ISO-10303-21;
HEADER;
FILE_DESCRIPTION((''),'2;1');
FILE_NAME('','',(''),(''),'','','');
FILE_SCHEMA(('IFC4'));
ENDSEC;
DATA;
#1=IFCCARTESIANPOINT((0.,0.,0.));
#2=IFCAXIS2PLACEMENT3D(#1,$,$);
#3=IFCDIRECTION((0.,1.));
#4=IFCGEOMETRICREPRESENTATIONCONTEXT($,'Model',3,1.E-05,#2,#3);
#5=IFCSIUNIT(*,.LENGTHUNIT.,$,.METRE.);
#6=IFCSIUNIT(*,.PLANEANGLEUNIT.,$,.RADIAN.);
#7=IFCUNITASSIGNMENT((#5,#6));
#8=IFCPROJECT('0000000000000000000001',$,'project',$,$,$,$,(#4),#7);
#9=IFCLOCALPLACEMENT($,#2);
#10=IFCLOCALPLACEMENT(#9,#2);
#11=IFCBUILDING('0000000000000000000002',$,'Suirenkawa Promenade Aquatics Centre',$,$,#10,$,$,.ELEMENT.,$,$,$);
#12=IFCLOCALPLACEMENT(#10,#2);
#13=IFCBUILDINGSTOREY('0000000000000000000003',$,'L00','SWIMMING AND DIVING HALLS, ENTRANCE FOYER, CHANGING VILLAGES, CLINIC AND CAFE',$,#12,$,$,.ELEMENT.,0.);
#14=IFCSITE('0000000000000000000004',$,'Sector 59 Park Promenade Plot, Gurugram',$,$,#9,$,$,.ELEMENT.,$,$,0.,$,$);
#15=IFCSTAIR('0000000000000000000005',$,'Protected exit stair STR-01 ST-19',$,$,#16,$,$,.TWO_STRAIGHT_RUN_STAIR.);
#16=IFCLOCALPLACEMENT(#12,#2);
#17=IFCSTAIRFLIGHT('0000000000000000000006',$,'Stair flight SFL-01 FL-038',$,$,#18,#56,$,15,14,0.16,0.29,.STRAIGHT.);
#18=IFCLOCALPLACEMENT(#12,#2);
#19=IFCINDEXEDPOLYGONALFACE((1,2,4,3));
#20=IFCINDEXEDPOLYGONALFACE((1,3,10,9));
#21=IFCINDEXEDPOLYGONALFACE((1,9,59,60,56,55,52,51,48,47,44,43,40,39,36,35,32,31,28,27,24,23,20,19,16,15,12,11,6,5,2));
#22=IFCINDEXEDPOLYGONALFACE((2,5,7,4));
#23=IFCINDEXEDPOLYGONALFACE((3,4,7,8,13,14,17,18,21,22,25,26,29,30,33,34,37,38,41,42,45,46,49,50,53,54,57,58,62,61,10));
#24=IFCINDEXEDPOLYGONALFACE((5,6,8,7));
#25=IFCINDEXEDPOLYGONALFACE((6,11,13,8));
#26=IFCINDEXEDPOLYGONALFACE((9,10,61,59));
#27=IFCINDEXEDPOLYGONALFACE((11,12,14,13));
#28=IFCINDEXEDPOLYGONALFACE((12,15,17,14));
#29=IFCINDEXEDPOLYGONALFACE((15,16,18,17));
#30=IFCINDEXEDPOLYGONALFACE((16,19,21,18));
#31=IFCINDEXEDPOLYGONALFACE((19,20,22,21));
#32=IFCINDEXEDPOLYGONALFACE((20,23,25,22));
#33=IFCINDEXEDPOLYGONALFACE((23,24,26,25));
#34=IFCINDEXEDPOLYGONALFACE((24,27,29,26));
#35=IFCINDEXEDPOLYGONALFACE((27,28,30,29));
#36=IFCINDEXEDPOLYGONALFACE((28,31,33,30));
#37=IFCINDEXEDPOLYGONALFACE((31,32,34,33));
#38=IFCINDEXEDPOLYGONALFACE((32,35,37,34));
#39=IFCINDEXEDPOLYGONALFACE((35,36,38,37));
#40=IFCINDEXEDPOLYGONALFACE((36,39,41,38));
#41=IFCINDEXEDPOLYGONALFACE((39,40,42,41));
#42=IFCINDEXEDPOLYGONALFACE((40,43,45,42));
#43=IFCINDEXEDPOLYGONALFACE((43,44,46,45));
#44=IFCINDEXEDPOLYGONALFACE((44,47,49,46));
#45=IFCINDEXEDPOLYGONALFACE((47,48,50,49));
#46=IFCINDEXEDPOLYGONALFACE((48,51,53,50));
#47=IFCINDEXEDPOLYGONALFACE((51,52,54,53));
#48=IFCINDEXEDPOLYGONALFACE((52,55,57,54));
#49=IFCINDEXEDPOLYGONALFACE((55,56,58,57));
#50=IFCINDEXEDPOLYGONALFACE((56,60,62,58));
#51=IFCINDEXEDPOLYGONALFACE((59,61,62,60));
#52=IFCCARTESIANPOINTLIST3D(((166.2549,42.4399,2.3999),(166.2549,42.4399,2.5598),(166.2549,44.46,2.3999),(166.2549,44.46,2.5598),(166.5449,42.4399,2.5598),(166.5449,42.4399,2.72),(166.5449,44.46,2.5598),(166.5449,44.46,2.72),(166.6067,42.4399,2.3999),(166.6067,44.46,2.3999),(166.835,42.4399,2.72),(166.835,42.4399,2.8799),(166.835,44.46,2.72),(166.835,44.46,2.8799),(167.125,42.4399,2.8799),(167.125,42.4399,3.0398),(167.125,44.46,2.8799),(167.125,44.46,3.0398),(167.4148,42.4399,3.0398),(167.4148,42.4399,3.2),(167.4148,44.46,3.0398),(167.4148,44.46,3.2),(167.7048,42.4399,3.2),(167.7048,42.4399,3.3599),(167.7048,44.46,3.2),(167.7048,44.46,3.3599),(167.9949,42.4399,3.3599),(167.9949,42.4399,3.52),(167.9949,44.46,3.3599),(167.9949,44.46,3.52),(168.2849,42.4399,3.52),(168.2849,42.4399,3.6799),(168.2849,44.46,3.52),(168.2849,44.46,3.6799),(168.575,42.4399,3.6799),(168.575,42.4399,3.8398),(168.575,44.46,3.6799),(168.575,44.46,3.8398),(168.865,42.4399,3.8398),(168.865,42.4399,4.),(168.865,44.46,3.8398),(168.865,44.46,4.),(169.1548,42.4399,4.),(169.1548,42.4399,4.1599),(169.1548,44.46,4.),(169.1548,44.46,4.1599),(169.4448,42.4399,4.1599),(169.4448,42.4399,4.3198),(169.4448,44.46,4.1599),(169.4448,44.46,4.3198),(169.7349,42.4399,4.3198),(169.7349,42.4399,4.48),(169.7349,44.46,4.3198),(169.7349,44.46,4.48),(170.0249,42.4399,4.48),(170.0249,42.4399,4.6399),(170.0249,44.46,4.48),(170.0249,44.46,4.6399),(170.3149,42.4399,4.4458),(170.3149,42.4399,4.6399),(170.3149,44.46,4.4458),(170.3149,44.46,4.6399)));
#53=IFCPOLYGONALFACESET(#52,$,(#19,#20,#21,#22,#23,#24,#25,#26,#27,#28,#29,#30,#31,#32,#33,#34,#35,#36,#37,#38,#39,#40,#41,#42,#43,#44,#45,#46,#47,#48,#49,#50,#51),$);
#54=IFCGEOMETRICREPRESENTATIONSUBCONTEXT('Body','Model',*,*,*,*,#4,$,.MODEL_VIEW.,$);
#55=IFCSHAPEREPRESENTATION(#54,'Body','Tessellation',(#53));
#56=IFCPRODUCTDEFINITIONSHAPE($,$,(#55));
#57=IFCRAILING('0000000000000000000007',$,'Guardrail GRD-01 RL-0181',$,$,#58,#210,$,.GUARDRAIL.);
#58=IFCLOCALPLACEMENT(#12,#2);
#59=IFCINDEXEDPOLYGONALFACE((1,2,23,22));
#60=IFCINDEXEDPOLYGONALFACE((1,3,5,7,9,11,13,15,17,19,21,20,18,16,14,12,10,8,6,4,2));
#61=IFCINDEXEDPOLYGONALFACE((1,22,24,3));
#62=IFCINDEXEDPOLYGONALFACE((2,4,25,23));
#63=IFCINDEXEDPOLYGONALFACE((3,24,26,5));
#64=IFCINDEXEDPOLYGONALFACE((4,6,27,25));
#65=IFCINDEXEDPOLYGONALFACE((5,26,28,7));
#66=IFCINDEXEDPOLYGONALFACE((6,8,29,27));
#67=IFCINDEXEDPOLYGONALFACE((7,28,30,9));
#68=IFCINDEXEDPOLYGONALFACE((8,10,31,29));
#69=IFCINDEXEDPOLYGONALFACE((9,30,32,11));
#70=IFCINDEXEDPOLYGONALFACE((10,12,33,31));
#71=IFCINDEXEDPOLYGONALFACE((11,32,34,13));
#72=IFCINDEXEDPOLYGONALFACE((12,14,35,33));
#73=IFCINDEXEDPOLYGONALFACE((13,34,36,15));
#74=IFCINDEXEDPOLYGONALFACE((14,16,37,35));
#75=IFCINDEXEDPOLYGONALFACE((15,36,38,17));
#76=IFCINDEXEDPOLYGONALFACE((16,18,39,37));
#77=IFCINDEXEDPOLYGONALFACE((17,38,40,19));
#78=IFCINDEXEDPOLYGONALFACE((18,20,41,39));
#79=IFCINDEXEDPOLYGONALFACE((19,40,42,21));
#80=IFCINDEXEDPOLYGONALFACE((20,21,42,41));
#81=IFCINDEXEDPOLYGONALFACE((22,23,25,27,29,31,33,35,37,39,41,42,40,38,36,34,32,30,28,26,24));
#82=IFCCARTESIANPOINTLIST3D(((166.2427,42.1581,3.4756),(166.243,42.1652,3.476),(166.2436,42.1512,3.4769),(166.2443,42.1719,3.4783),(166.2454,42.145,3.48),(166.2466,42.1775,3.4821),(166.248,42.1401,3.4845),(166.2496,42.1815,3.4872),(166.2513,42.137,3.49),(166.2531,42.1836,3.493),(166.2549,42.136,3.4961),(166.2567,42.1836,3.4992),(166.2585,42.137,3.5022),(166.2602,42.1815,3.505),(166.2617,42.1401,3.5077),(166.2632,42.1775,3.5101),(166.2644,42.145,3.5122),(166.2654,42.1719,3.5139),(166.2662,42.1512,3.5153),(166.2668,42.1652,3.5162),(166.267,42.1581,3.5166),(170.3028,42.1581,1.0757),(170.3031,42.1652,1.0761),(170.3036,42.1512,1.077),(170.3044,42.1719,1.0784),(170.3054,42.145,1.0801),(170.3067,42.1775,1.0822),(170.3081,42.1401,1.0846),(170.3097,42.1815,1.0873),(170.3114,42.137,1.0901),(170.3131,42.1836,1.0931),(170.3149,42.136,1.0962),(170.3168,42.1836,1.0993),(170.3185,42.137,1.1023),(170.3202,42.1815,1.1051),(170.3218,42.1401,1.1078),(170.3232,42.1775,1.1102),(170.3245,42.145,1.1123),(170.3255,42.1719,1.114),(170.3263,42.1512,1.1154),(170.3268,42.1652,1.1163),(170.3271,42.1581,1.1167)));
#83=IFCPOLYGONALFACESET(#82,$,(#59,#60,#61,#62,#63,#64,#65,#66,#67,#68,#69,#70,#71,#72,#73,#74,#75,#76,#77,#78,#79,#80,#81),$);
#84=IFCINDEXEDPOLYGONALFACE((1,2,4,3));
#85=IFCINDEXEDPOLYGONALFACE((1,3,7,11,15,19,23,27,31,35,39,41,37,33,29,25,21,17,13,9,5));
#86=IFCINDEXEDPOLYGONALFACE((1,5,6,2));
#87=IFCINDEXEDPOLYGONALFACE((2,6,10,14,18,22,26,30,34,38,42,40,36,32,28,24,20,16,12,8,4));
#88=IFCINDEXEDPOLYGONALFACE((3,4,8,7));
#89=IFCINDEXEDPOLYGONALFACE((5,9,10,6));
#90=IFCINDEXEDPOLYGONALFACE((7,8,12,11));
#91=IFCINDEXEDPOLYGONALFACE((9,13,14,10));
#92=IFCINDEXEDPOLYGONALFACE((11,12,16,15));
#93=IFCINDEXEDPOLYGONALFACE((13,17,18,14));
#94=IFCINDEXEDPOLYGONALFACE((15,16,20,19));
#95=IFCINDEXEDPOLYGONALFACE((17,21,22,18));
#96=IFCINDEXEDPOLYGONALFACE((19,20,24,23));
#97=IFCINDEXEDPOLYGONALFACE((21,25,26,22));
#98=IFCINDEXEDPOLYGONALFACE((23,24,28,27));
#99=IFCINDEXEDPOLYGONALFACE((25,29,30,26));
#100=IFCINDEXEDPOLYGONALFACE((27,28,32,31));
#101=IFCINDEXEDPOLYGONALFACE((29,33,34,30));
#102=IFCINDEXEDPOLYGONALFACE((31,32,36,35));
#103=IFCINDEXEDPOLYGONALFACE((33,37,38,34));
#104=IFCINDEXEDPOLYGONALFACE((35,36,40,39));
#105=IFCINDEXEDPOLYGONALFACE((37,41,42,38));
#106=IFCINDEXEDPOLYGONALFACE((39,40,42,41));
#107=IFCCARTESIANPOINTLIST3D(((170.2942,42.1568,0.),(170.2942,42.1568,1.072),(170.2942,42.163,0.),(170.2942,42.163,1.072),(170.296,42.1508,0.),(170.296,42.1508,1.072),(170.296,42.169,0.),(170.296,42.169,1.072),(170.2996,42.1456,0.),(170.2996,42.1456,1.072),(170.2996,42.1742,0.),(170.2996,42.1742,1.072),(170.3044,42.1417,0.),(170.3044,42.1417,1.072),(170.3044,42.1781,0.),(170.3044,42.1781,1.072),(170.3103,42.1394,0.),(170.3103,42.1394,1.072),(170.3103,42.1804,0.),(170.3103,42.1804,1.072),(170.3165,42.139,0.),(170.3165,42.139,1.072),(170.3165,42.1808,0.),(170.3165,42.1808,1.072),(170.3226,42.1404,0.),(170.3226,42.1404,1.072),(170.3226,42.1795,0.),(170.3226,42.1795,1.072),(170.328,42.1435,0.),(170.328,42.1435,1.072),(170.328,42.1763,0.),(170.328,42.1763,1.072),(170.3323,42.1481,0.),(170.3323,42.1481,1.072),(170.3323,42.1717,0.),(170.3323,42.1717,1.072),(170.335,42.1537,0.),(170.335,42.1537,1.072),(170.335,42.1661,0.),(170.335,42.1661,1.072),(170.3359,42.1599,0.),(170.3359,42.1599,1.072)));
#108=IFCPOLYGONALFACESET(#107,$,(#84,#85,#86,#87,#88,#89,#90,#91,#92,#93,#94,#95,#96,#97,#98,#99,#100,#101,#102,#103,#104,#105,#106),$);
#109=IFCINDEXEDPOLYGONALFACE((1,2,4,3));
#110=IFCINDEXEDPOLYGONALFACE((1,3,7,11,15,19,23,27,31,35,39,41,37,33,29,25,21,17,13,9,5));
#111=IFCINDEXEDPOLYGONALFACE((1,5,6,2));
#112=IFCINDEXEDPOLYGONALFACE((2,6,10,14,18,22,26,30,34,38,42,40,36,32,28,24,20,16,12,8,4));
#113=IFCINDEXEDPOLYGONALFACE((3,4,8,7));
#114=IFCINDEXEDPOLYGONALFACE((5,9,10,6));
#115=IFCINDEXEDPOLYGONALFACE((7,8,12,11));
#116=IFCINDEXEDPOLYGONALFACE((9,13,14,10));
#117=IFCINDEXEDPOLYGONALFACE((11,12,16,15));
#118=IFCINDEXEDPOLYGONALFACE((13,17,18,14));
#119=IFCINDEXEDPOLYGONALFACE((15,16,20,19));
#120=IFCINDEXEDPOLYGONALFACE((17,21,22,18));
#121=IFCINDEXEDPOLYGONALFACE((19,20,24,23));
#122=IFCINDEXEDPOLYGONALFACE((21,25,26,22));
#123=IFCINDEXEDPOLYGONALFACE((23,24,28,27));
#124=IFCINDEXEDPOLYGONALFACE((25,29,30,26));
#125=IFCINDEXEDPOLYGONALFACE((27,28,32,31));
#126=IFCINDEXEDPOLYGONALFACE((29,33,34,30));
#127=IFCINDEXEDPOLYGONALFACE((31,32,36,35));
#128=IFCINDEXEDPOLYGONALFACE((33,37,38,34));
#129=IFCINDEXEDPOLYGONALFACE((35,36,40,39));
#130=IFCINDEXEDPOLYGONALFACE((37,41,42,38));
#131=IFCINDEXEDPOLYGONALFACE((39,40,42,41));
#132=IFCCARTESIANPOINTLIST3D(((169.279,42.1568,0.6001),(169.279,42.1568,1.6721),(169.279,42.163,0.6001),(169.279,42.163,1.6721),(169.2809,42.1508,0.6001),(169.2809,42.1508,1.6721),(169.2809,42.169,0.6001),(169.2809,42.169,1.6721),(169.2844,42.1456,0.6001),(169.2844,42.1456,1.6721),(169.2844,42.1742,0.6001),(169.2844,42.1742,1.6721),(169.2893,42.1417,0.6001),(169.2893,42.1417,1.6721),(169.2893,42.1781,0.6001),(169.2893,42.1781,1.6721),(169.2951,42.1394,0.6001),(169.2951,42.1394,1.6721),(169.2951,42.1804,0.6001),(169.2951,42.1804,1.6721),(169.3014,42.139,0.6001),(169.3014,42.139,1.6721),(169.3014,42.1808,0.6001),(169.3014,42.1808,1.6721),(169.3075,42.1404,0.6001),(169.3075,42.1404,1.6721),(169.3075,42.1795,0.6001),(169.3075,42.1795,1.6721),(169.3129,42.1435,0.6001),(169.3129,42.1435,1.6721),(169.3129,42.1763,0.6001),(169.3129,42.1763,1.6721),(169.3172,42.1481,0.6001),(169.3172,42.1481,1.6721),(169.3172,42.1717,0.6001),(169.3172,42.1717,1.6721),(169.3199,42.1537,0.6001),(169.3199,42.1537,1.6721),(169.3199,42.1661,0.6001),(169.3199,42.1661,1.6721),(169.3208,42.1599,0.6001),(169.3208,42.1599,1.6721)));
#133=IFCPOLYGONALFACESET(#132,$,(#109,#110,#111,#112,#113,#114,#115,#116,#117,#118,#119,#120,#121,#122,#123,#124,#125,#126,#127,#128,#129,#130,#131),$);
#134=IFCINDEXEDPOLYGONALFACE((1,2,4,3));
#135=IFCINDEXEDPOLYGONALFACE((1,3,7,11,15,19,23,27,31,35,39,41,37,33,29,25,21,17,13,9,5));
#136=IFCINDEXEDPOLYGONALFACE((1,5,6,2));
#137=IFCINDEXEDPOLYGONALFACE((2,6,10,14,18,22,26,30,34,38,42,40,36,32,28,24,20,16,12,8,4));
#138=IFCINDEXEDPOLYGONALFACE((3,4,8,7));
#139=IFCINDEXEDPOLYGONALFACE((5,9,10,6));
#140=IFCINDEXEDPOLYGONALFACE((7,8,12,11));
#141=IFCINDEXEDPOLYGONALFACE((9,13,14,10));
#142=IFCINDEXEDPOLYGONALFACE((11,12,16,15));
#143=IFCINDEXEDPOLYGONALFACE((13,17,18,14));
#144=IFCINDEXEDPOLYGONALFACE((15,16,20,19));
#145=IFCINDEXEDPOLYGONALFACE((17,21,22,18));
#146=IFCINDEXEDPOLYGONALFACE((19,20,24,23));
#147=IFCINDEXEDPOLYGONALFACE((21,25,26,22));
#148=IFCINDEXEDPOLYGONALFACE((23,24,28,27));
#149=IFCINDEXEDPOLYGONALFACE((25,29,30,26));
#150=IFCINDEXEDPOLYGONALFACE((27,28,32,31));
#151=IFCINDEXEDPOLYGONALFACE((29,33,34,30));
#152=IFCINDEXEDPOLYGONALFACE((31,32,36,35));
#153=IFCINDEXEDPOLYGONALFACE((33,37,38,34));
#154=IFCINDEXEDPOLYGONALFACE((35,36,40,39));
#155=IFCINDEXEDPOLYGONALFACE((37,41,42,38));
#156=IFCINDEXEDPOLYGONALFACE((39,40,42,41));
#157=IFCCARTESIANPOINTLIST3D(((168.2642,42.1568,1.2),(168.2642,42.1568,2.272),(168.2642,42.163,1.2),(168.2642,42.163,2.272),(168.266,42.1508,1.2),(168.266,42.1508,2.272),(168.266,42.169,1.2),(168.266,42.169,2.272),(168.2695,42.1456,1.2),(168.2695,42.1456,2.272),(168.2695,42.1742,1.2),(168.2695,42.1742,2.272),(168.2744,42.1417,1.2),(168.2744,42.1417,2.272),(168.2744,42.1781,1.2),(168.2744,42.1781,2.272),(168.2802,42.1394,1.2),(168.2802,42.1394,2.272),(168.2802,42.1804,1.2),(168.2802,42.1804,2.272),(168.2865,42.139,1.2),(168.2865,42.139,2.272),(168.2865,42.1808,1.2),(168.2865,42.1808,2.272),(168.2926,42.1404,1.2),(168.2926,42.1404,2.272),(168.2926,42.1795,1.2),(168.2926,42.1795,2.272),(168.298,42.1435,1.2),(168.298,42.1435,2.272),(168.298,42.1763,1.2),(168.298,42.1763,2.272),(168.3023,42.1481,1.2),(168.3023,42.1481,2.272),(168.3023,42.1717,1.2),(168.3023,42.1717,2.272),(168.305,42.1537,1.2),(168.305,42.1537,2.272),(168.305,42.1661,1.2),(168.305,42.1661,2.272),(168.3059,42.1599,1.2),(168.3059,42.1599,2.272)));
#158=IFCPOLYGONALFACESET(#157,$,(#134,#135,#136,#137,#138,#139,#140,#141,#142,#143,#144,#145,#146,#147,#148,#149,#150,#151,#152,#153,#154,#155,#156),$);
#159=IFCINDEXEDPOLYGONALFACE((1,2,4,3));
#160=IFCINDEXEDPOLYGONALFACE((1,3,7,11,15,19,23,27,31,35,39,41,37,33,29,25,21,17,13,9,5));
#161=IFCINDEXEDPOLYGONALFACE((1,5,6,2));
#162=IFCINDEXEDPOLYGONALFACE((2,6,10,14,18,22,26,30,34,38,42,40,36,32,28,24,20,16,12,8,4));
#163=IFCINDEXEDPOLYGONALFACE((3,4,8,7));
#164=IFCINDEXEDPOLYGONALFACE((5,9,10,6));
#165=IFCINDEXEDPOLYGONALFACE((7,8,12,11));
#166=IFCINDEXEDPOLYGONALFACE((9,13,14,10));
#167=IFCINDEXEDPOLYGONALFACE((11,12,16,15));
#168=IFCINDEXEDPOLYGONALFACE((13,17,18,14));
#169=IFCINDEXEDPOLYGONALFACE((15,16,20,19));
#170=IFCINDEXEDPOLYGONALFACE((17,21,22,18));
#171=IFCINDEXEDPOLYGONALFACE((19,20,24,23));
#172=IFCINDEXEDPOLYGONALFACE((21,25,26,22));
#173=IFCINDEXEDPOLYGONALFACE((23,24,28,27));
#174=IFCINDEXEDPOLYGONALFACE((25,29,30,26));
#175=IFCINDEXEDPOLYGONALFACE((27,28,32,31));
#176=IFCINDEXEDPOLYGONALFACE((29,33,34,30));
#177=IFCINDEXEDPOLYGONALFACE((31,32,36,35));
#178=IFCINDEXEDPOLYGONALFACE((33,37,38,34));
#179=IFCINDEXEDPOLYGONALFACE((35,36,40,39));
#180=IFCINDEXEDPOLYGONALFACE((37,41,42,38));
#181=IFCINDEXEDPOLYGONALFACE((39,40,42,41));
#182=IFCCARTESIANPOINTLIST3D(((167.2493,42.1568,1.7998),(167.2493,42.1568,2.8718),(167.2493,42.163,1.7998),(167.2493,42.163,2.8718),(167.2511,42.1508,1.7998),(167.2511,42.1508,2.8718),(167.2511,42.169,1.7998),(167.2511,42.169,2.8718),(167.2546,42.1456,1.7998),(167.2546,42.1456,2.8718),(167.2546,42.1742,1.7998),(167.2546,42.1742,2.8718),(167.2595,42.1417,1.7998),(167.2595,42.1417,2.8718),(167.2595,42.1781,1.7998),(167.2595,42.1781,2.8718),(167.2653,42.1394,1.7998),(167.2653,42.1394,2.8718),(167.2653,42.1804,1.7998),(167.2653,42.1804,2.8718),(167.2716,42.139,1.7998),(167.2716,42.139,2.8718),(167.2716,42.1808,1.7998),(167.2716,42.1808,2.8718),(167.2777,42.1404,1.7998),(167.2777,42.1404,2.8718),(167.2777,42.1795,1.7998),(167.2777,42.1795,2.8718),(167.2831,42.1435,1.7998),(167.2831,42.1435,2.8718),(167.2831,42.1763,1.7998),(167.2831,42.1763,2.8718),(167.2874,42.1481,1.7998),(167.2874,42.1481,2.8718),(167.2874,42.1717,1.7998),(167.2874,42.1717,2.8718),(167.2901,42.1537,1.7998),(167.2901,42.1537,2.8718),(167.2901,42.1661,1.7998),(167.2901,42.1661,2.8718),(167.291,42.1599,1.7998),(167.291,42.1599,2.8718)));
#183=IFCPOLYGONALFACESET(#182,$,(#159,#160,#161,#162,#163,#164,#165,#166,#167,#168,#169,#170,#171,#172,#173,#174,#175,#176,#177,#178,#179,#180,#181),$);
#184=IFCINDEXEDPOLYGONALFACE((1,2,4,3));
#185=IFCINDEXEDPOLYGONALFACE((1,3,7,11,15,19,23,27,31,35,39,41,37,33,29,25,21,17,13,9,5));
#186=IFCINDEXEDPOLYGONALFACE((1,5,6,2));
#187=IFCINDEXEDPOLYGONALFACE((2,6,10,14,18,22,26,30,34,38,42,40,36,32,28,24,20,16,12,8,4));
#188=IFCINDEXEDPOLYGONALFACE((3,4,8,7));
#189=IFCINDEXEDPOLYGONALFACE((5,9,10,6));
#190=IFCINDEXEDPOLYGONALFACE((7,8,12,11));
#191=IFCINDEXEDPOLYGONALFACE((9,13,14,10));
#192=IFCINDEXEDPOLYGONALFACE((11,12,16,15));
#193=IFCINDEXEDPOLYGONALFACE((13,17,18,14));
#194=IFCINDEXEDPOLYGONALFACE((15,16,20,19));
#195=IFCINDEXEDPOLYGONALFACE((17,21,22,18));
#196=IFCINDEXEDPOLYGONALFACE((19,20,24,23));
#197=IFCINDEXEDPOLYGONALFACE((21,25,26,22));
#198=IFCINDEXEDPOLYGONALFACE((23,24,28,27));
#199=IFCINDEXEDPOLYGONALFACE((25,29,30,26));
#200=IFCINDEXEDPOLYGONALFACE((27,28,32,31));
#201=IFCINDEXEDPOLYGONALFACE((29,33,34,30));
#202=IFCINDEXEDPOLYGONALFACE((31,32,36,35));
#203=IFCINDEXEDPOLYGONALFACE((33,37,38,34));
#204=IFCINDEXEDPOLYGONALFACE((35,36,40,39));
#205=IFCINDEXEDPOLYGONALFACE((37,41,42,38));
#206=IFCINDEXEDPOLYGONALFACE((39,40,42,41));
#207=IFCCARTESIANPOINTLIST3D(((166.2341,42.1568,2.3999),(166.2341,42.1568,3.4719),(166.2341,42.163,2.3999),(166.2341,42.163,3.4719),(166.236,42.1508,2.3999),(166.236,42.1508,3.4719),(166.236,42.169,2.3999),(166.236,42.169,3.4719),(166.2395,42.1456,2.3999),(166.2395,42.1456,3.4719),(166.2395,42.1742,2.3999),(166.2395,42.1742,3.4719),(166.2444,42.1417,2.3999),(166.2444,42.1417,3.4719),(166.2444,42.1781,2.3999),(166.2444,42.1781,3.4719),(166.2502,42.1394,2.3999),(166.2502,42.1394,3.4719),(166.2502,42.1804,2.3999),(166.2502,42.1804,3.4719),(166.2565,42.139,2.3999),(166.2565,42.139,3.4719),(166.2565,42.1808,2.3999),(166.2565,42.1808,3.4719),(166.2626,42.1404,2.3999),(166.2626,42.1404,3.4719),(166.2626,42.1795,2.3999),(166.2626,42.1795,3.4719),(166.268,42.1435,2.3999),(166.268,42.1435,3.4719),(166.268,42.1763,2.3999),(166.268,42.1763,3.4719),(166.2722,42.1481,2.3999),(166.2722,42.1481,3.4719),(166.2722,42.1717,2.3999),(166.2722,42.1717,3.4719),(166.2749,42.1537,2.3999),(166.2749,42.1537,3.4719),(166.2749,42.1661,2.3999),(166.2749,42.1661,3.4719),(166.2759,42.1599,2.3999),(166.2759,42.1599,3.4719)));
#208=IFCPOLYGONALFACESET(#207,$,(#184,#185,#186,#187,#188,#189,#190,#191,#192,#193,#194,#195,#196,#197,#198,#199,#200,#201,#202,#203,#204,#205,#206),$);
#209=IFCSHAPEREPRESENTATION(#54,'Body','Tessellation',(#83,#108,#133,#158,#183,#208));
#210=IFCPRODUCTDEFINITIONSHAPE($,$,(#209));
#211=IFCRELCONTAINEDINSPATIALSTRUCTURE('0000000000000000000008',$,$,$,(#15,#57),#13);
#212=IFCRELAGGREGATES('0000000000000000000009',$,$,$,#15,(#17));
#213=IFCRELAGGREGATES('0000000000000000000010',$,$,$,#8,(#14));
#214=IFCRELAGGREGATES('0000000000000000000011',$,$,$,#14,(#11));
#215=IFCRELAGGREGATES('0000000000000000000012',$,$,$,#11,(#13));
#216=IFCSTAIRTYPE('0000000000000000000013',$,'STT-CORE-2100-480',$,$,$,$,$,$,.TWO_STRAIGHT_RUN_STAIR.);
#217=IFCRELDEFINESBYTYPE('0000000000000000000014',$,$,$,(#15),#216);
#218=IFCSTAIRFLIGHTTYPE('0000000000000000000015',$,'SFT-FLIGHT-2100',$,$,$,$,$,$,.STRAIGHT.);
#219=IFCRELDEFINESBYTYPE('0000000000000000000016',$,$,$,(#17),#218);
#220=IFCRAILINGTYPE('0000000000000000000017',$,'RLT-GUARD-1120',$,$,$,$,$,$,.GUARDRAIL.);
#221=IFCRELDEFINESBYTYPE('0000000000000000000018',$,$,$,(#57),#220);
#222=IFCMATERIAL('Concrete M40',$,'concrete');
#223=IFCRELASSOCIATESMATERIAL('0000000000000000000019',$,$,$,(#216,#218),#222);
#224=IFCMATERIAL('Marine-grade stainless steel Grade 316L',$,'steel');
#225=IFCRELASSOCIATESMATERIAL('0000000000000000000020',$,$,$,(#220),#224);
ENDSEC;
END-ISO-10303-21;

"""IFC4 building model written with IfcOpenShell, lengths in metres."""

from ifc_helpers import new_model, si_unit, direction, frame, origin, origin_2d, place, context, subcontext, project, spatial, polyline, circle, outline, extrude, material, type_object, element, aggregate, save


model = new_model("IFC4")

# Units and contexts
model_context = context("Model", 3, precision=1e-05, world=origin(), true_north=direction((0.0, 1.0)))
body_context = subcontext(model_context, "Body", "Model", "MODEL_VIEW")
ifc_project = project(units=[si_unit("LENGTHUNIT", "METRE"), si_unit("PLANEANGLEUNIT", "RADIAN")], contexts=[model_context])

# Site, building, storey
site_placement = place(None, origin())
site = spatial("IfcSite", under=ifc_project, at=site_placement, Name="Sector 59 Park Promenade Plot, Gurugram", CompositionType="ELEMENT", RefElevation=0.0)
building_placement = place(site_placement, origin())
building = spatial("IfcBuilding", under=site, at=building_placement, Name="Suirenkawa Promenade Aquatics Centre", CompositionType="ELEMENT")
storey_placement = place(building_placement, origin())
storey = spatial("IfcBuildingStorey", under=building, at=storey_placement, Name="L00", Description="SWIMMING AND DIVING HALLS, ENTRANCE FOYER, CHANGING VILLAGES, CLINIC AND CAFE", CompositionType="ELEMENT", Elevation=0.0)

# Shared definitions
ifc_material_1 = material(Name="Concrete M40", Category="concrete")

# Shared definitions
ifc_material_2 = material(Name="Marine-grade stainless steel Grade 316L", Category="steel")

# Stair, stair flight
stair_type = type_object("IfcStairType", Name="STT-CORE-2100-480", PredefinedType="TWO_STRAIGHT_RUN_STAIR", material=ifc_material_1)
stair_placement = place(storey_placement, origin())
stair = element("IfcStair", 1, at=stair_placement, inside=storey, type_object=stair_type, Name="Protected exit stair STR-01 ST-19", PredefinedType="TWO_STRAIGHT_RUN_STAIR")
stair_flight_type = type_object("IfcStairFlightType", Name="SFT-FLIGHT-2100", PredefinedType="STRAIGHT", material=ifc_material_1)
stair_flight_1_placement = place(storey_placement, frame((166.2549, 43.45, 2.3999), z_axis=(0.0, 0.0, 1.0), x_axis=(1.0, 0.0, 0.0)))
stair_flight_1 = element("IfcStairFlight", 2, at=stair_flight_1_placement, type_object=stair_flight_type, Name="Stair flight SFL-01 FL-038", NumberOfRisers=15, NumberOfTreads=14, PredefinedType="STRAIGHT", RiserHeight=0.16, TreadLength=0.29, context=body_context, shape_type="SweptSolid", body=[
    extrude(outline(polyline([(0.0, 0.0), (0.0, 0.1599), (0.29, 0.1599), (0.29, 0.3201), (0.5801, 0.3201), (0.5801, 0.48), (0.8701, 0.48), (0.8701, 0.6399), (1.1599, 0.6399), (1.1599, 0.8), (1.45, 0.8), (1.45, 0.96), (1.74, 0.96), (1.74, 1.1201), (2.03, 1.1201), (2.03, 1.28), (2.3201, 1.28), (2.3201, 1.4399), (2.6101, 1.4399), (2.6101, 1.6001), (2.8999, 1.6001), (2.8999, 1.76), (3.1899, 1.76), (3.1899, 1.9199), (3.48, 1.9199), (3.48, 2.0801), (3.77, 2.0801), (3.77, 2.24), (4.0601, 2.24), (4.0601, 2.3999), (4.0601, 2.0459), (0.3518, 0.0), (0.0, 0.0)])), frame((0.0, 1.01, 0.0), z_axis=(0.0, -1.0, 0.0), x_axis=(1.0, 0.0, 0.0)), (0.0, 0.0, 1.0), 2.02),
])
aggregate(stair, [stair_flight_1])

# Railing
railing_type_1 = type_object("IfcRailingType", Name="RLT-GUARD-1120", PredefinedType="GUARDRAIL", material=ifc_material_2)
railing_1_placement = place(storey_placement, frame((170.3149, 42.1599, 0.0)))
element("IfcRailing", 3, at=railing_1_placement, inside=storey, type_object=railing_type_1, Name="Guardrail GRD-01 RL-0181", PredefinedType="GUARDRAIL", context=body_context, shape_type="SweptSolid", body=[
    extrude(circle(Radius=0.0239, at=origin_2d()), frame((0.0, 0.0, 1.0962), z_axis=(-0.860854, 0.0, 0.508851), x_axis=(0.0, -1.0, 0.0)), (0.0, 0.0, 1.0), 4.7163),
    extrude(circle(Radius=0.021, at=origin_2d()), origin(), (0.0, 0.0, 1.0), 1.072),
    extrude(circle(Radius=0.021, at=origin_2d()), frame((-1.0151, 0.0, 0.6001)), (0.0, 0.0, 1.0), 1.072),
    extrude(circle(Radius=0.021, at=origin_2d()), frame((-2.03, 0.0, 1.2)), (0.0, 0.0, 1.0), 1.072),
    extrude(circle(Radius=0.021, at=origin_2d()), frame((-3.0449, 0.0, 1.7998)), (0.0, 0.0, 1.0), 1.072),
    extrude(circle(Radius=0.021, at=origin_2d()), frame((-4.0601, 0.0, 2.3999)), (0.0, 0.0, 1.0), 1.072),
])

save(model, "model.ifc")
